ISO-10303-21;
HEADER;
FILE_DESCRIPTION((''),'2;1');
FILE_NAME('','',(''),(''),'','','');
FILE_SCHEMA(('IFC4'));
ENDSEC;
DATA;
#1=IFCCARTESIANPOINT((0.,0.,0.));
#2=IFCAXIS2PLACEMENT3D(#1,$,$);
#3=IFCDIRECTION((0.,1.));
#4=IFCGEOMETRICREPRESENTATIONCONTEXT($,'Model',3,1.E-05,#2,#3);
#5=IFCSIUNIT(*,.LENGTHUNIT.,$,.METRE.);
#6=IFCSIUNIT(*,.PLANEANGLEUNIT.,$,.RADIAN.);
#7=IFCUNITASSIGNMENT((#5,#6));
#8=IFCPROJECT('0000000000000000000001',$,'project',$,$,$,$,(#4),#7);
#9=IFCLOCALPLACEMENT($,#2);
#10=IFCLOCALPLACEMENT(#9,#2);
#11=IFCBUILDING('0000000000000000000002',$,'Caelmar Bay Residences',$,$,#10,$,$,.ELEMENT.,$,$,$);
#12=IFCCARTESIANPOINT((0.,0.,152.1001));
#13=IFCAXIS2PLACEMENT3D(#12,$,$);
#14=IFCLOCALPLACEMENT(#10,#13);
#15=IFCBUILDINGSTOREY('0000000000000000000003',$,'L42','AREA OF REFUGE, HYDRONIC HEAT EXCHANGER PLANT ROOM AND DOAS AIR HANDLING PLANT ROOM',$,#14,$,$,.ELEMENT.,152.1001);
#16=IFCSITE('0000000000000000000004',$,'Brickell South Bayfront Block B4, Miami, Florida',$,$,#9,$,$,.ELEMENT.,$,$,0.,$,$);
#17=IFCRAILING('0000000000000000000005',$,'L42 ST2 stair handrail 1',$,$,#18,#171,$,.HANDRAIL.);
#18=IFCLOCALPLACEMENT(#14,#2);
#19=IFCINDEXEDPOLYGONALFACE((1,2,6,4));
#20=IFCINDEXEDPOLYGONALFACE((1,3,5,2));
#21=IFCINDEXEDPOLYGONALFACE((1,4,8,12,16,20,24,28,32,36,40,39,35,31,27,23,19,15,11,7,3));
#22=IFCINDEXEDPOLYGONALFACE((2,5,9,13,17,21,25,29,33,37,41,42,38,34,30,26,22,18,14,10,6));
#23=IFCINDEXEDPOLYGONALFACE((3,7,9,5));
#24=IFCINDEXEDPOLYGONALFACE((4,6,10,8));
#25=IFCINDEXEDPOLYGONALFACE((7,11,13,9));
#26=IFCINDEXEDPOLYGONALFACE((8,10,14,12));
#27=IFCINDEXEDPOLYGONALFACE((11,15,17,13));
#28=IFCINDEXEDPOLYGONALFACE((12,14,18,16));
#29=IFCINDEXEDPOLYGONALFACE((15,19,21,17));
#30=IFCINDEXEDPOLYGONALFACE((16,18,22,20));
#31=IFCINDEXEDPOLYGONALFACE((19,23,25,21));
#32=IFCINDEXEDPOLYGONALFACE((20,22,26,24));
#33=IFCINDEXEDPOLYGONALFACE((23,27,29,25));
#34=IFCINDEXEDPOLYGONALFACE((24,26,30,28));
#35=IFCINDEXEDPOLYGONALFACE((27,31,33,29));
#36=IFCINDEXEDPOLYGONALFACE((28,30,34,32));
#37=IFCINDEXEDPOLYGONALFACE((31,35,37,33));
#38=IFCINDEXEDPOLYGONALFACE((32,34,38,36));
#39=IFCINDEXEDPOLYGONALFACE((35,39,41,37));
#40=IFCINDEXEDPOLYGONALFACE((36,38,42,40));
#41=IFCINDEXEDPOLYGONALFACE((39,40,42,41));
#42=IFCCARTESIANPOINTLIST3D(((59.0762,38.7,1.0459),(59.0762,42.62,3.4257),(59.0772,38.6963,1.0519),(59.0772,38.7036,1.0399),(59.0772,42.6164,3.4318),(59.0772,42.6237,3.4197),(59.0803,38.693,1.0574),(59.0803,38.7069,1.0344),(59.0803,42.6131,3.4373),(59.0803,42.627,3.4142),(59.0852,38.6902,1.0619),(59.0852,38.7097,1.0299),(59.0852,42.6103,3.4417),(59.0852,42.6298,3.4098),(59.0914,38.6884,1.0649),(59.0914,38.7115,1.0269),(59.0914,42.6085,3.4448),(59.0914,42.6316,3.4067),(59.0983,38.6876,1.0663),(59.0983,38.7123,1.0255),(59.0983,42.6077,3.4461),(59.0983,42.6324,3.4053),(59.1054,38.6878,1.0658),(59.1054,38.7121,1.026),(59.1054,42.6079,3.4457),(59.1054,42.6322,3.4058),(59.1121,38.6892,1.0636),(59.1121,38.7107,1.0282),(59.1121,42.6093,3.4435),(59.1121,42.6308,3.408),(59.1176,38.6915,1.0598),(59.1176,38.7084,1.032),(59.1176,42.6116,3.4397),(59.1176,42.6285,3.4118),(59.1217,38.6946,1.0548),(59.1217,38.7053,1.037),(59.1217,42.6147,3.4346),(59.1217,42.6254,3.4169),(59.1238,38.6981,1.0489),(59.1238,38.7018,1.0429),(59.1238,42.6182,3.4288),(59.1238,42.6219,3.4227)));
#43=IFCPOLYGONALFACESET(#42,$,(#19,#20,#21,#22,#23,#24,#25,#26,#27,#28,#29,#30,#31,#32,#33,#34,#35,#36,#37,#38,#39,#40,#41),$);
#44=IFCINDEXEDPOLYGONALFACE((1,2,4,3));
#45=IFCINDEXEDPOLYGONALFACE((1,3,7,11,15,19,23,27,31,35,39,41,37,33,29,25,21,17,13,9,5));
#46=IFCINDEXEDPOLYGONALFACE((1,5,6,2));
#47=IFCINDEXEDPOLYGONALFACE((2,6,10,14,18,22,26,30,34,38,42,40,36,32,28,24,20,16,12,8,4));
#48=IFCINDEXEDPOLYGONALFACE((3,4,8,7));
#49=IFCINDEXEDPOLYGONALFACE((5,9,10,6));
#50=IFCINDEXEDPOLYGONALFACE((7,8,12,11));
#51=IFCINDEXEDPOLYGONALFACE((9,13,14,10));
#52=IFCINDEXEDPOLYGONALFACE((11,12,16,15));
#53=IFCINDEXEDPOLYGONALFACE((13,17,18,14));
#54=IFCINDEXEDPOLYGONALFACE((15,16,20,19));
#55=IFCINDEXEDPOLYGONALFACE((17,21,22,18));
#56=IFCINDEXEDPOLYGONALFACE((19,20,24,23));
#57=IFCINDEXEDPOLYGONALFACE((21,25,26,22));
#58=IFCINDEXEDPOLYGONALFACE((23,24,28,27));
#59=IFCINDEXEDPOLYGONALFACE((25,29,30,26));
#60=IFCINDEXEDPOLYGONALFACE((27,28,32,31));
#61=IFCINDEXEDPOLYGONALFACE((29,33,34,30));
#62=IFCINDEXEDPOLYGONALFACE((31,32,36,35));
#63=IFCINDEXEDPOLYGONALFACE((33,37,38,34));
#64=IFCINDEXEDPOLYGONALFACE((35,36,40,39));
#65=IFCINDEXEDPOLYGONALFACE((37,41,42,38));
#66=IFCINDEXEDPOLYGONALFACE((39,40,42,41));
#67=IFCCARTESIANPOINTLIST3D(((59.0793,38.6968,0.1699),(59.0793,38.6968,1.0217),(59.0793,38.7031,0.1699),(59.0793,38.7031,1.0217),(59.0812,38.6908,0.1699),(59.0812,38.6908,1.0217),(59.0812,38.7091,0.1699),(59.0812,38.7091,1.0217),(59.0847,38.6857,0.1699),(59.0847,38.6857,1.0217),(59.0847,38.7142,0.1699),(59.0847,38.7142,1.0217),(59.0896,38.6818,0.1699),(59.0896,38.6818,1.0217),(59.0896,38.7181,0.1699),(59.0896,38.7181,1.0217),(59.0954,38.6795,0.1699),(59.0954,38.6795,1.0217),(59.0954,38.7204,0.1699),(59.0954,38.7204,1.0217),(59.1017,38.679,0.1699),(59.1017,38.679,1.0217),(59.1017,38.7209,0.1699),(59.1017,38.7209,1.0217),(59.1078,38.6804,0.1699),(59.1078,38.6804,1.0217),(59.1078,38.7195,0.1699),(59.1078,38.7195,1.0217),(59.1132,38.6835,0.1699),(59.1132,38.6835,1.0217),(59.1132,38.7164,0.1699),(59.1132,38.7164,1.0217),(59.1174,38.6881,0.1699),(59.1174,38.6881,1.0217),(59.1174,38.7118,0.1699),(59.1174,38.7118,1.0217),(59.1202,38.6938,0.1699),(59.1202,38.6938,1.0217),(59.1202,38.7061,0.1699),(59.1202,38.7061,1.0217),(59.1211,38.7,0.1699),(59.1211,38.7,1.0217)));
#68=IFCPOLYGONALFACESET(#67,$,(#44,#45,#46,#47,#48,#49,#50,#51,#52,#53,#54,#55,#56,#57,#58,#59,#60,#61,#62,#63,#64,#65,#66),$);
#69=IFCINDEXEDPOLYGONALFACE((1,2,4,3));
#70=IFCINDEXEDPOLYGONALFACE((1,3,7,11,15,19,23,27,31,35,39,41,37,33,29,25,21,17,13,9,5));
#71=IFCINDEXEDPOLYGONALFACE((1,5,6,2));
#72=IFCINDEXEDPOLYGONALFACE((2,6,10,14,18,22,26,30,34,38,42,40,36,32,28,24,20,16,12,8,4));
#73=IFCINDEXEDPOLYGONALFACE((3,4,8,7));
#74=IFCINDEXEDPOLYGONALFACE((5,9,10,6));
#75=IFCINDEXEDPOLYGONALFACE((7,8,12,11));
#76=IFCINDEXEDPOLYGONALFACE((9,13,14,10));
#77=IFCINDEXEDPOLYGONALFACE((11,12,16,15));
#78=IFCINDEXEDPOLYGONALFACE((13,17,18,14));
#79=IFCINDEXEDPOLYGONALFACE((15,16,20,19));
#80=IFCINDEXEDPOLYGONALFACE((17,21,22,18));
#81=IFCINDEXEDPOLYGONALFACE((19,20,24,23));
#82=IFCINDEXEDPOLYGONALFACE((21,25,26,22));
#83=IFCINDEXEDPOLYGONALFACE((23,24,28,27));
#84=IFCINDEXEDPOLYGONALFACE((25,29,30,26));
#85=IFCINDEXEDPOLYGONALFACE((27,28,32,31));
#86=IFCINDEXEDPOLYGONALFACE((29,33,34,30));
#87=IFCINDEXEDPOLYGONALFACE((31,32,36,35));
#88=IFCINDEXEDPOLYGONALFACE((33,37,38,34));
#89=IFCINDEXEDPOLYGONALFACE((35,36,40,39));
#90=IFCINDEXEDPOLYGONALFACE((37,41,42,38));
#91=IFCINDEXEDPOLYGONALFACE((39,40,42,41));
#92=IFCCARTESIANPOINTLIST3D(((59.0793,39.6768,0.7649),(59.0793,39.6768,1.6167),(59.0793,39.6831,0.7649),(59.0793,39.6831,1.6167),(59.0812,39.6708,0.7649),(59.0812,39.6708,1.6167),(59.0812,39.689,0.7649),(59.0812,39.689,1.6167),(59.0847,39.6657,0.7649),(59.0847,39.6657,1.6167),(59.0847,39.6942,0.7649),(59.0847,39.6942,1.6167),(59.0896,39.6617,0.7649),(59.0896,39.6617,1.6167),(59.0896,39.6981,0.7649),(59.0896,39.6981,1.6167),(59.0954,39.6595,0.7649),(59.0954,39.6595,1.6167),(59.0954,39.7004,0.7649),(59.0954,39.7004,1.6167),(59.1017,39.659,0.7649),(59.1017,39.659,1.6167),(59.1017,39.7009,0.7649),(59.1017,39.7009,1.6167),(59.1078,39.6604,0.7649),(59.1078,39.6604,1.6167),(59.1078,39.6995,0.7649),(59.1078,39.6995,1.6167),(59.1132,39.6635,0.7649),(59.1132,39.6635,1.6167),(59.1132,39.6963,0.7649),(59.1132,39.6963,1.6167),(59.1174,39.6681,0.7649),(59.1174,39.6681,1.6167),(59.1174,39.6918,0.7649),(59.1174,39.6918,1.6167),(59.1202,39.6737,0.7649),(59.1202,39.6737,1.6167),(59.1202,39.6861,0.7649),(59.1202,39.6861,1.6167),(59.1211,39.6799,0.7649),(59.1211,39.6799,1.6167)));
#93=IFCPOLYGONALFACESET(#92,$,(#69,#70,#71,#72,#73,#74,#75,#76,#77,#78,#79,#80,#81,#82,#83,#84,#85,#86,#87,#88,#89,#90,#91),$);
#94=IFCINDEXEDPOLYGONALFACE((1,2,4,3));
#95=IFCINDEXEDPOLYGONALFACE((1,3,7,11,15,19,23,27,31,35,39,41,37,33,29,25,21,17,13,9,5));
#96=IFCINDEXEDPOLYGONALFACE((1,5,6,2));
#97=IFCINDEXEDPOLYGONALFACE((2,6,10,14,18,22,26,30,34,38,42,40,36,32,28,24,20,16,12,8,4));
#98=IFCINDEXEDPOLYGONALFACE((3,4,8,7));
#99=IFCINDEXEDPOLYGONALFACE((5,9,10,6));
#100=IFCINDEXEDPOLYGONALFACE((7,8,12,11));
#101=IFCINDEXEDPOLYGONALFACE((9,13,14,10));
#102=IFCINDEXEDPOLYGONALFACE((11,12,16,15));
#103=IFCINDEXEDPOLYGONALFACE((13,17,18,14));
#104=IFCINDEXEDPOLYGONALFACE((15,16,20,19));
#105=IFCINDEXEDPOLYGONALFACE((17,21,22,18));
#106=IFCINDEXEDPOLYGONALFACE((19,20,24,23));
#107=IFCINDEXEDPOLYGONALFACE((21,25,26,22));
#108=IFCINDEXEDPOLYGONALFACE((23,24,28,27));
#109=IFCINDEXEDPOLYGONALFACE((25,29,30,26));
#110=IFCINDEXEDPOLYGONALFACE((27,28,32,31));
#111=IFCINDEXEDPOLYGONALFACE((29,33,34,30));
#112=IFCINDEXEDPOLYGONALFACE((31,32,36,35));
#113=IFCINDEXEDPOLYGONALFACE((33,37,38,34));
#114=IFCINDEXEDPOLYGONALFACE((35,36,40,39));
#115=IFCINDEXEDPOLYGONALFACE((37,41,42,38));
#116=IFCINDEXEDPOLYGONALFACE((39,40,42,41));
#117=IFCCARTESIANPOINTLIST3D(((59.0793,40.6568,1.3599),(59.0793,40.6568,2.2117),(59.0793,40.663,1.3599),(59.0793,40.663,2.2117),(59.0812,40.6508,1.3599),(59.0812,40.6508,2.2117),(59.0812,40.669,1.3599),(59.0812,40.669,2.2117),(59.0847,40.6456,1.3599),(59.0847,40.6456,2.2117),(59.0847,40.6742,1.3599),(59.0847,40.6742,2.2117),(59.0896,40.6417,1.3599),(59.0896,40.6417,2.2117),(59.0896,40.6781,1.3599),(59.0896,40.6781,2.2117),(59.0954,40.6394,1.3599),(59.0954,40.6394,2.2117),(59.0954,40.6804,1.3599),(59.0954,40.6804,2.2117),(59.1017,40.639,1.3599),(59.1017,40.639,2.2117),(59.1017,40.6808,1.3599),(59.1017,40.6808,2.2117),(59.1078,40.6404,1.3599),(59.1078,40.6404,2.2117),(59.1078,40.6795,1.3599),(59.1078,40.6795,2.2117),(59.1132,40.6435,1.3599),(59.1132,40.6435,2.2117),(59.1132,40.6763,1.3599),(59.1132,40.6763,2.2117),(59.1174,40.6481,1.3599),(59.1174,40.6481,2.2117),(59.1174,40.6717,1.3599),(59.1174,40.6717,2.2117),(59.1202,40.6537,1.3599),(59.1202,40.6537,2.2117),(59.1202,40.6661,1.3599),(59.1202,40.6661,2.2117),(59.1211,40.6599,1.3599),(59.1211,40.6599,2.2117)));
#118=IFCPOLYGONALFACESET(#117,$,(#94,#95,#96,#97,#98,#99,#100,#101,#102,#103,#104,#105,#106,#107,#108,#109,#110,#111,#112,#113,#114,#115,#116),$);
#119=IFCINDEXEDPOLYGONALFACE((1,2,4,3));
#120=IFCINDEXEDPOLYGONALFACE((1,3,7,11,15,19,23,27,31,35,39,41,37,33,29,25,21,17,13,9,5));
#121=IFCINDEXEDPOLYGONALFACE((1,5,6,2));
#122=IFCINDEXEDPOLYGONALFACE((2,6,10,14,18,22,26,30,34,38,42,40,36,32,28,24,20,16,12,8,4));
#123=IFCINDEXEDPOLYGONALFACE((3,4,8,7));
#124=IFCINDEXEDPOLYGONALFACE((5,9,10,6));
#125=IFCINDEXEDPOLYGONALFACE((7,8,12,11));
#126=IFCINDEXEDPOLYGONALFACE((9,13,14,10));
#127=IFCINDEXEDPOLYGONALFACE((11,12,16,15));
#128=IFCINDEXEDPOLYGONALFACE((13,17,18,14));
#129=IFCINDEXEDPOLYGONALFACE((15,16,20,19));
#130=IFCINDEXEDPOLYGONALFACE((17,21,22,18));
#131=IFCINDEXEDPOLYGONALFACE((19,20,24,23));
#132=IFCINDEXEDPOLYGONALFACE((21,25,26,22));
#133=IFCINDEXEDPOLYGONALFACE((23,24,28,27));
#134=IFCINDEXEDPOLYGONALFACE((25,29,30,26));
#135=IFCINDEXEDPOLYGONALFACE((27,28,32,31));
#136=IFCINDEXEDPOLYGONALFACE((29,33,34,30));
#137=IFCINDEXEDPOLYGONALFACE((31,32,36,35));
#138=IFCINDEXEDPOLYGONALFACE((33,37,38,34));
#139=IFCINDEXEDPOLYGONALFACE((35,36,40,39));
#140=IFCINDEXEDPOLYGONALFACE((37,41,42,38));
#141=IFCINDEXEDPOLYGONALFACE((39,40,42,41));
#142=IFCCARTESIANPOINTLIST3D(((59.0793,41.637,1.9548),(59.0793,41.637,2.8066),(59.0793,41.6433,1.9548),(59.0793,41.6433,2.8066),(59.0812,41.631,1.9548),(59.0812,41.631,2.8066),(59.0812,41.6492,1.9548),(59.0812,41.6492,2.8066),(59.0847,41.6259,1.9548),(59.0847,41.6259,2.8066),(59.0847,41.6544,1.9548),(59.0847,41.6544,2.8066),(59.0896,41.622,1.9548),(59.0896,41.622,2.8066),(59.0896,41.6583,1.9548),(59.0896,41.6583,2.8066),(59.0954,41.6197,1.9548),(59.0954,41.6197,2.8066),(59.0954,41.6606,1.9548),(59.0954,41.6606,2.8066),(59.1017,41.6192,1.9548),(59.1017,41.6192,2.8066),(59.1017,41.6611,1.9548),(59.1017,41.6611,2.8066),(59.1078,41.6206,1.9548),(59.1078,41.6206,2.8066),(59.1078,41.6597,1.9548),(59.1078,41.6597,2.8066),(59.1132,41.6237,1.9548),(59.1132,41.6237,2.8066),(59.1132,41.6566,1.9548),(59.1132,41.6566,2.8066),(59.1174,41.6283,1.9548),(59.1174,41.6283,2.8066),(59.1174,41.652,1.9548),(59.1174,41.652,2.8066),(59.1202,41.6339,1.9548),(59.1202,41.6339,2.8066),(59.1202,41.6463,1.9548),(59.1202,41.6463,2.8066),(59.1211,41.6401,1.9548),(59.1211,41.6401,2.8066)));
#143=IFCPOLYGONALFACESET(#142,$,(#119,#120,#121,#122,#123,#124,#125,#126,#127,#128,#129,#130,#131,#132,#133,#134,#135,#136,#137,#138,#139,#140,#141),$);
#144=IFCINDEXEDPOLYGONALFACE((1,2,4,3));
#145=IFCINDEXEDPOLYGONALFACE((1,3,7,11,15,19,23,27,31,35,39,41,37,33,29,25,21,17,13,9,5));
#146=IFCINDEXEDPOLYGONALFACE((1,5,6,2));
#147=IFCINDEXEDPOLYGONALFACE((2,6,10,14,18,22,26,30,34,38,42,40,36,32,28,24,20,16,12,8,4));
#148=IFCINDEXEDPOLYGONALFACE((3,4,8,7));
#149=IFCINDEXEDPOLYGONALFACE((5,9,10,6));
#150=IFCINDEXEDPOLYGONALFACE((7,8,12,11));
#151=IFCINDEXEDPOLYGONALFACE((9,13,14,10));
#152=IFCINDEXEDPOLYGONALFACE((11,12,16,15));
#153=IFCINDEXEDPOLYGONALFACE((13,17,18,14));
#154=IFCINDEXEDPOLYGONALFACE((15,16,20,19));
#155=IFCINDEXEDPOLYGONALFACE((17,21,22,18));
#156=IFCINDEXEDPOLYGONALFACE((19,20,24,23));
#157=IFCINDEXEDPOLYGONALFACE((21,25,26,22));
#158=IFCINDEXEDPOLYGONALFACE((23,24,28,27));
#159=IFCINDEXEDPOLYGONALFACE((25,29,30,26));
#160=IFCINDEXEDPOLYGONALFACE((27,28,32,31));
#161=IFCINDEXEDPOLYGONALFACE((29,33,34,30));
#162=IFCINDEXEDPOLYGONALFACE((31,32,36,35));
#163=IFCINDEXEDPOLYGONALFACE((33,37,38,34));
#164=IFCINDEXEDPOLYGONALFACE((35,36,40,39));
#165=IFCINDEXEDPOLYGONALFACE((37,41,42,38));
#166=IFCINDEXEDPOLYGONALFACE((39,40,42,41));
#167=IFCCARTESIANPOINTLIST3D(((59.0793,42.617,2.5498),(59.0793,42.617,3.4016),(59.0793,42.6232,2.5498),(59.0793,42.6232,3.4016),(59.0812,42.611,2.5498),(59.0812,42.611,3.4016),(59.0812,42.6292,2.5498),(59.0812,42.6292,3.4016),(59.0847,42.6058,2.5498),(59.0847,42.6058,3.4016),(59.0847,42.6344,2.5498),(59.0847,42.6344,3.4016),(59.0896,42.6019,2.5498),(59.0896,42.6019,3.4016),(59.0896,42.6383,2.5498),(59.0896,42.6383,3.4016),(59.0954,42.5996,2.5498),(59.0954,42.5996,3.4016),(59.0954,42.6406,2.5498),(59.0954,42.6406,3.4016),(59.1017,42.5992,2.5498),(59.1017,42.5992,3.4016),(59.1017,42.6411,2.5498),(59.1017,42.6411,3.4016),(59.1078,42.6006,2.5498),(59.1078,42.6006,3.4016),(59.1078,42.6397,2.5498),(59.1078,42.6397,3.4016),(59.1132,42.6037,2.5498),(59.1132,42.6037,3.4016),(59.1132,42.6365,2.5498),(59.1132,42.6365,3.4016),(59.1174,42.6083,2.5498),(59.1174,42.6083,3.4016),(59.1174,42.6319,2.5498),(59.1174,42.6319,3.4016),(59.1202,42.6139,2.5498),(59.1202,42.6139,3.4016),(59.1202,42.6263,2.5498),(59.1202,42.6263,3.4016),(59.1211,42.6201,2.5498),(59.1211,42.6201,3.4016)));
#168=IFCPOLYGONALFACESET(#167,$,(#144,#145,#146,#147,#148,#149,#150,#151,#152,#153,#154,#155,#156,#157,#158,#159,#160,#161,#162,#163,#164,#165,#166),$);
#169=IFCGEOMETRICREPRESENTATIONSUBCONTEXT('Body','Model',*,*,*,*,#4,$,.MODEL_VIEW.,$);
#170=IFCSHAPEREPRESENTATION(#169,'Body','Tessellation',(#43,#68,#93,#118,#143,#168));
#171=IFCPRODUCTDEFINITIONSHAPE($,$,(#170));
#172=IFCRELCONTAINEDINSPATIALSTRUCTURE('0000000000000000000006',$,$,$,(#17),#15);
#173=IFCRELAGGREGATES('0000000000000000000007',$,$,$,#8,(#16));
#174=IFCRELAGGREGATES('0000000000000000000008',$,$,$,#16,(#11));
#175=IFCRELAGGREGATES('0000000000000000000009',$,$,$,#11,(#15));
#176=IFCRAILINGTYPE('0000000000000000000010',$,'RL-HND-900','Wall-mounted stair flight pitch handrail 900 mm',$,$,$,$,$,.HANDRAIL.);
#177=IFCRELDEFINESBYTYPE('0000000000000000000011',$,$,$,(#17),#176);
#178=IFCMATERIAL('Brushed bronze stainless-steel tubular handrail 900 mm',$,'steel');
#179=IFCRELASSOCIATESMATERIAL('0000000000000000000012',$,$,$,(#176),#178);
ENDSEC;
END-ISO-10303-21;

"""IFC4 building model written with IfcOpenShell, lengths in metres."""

from ifc_helpers import new_model, si_unit, direction, frame, origin, origin_2d, place, context, subcontext, project, spatial, circle, extrude, material, type_object, element, save


model = new_model("IFC4")

# Units and contexts
model_context = context("Model", 3, precision=1e-05, world=origin(), true_north=direction((0.0, 1.0)))
body_context = subcontext(model_context, "Body", "Model", "MODEL_VIEW")
ifc_project = project(units=[si_unit("LENGTHUNIT", "METRE"), si_unit("PLANEANGLEUNIT", "RADIAN")], contexts=[model_context])

# Site, building, storey
site_placement = place(None, origin())
site = spatial("IfcSite", under=ifc_project, at=site_placement, Name="Brickell South Bayfront Block B4, Miami, Florida", CompositionType="ELEMENT", RefElevation=0.0)
building_placement = place(site_placement, origin())
building = spatial("IfcBuilding", under=site, at=building_placement, Name="Caelmar Bay Residences", CompositionType="ELEMENT")
storey_placement = place(building_placement, frame((0.0, 0.0, 152.1001)))
storey = spatial("IfcBuildingStorey", under=building, at=storey_placement, Name="L42", Description="AREA OF REFUGE, HYDRONIC HEAT EXCHANGER PLANT ROOM AND DOAS AIR HANDLING PLANT ROOM", CompositionType="ELEMENT", Elevation=152.1001)

# Railing
ifc_material_1 = material(Name="Brushed bronze stainless-steel tubular handrail 900 mm", Category="steel")
railing_type_1 = type_object("IfcRailingType", Name="RL-HND-900", Description="Wall-mounted stair flight pitch handrail 900 mm", PredefinedType="HANDRAIL", material=ifc_material_1)
railing_1_placement = place(storey_placement, frame((59.1001, 38.7, 0.1699)))
element("IfcRailing", 1, at=railing_1_placement, inside=storey, type_object=railing_type_1, Name="L42 ST2 stair handrail 1", PredefinedType="HANDRAIL", context=body_context, shape_type="SweptSolid", body=[
    extrude(circle(Radius=0.0239, at=origin_2d()), frame((0.0, 0.0, 0.876), z_axis=(0.0, 0.854809, 0.518943), x_axis=(-1.0, 0.0, 0.0)), (0.0, 0.0, 1.0), 4.5859),
    extrude(circle(Radius=0.021, at=origin_2d()), origin(), (0.0, 0.0, 1.0), 0.8518),
    extrude(circle(Radius=0.021, at=origin_2d()), frame((0.0, 0.98, 0.595)), (0.0, 0.0, 1.0), 0.8518),
    extrude(circle(Radius=0.021, at=origin_2d()), frame((0.0, 1.96, 1.1899)), (0.0, 0.0, 1.0), 0.8518),
    extrude(circle(Radius=0.021, at=origin_2d()), frame((0.0, 2.9402, 1.7849)), (0.0, 0.0, 1.0), 0.8518),
    extrude(circle(Radius=0.021, at=origin_2d()), frame((0.0, 3.9202, 2.3799)), (0.0, 0.0, 1.0), 0.8518),
])

save(model, "model.ifc")
